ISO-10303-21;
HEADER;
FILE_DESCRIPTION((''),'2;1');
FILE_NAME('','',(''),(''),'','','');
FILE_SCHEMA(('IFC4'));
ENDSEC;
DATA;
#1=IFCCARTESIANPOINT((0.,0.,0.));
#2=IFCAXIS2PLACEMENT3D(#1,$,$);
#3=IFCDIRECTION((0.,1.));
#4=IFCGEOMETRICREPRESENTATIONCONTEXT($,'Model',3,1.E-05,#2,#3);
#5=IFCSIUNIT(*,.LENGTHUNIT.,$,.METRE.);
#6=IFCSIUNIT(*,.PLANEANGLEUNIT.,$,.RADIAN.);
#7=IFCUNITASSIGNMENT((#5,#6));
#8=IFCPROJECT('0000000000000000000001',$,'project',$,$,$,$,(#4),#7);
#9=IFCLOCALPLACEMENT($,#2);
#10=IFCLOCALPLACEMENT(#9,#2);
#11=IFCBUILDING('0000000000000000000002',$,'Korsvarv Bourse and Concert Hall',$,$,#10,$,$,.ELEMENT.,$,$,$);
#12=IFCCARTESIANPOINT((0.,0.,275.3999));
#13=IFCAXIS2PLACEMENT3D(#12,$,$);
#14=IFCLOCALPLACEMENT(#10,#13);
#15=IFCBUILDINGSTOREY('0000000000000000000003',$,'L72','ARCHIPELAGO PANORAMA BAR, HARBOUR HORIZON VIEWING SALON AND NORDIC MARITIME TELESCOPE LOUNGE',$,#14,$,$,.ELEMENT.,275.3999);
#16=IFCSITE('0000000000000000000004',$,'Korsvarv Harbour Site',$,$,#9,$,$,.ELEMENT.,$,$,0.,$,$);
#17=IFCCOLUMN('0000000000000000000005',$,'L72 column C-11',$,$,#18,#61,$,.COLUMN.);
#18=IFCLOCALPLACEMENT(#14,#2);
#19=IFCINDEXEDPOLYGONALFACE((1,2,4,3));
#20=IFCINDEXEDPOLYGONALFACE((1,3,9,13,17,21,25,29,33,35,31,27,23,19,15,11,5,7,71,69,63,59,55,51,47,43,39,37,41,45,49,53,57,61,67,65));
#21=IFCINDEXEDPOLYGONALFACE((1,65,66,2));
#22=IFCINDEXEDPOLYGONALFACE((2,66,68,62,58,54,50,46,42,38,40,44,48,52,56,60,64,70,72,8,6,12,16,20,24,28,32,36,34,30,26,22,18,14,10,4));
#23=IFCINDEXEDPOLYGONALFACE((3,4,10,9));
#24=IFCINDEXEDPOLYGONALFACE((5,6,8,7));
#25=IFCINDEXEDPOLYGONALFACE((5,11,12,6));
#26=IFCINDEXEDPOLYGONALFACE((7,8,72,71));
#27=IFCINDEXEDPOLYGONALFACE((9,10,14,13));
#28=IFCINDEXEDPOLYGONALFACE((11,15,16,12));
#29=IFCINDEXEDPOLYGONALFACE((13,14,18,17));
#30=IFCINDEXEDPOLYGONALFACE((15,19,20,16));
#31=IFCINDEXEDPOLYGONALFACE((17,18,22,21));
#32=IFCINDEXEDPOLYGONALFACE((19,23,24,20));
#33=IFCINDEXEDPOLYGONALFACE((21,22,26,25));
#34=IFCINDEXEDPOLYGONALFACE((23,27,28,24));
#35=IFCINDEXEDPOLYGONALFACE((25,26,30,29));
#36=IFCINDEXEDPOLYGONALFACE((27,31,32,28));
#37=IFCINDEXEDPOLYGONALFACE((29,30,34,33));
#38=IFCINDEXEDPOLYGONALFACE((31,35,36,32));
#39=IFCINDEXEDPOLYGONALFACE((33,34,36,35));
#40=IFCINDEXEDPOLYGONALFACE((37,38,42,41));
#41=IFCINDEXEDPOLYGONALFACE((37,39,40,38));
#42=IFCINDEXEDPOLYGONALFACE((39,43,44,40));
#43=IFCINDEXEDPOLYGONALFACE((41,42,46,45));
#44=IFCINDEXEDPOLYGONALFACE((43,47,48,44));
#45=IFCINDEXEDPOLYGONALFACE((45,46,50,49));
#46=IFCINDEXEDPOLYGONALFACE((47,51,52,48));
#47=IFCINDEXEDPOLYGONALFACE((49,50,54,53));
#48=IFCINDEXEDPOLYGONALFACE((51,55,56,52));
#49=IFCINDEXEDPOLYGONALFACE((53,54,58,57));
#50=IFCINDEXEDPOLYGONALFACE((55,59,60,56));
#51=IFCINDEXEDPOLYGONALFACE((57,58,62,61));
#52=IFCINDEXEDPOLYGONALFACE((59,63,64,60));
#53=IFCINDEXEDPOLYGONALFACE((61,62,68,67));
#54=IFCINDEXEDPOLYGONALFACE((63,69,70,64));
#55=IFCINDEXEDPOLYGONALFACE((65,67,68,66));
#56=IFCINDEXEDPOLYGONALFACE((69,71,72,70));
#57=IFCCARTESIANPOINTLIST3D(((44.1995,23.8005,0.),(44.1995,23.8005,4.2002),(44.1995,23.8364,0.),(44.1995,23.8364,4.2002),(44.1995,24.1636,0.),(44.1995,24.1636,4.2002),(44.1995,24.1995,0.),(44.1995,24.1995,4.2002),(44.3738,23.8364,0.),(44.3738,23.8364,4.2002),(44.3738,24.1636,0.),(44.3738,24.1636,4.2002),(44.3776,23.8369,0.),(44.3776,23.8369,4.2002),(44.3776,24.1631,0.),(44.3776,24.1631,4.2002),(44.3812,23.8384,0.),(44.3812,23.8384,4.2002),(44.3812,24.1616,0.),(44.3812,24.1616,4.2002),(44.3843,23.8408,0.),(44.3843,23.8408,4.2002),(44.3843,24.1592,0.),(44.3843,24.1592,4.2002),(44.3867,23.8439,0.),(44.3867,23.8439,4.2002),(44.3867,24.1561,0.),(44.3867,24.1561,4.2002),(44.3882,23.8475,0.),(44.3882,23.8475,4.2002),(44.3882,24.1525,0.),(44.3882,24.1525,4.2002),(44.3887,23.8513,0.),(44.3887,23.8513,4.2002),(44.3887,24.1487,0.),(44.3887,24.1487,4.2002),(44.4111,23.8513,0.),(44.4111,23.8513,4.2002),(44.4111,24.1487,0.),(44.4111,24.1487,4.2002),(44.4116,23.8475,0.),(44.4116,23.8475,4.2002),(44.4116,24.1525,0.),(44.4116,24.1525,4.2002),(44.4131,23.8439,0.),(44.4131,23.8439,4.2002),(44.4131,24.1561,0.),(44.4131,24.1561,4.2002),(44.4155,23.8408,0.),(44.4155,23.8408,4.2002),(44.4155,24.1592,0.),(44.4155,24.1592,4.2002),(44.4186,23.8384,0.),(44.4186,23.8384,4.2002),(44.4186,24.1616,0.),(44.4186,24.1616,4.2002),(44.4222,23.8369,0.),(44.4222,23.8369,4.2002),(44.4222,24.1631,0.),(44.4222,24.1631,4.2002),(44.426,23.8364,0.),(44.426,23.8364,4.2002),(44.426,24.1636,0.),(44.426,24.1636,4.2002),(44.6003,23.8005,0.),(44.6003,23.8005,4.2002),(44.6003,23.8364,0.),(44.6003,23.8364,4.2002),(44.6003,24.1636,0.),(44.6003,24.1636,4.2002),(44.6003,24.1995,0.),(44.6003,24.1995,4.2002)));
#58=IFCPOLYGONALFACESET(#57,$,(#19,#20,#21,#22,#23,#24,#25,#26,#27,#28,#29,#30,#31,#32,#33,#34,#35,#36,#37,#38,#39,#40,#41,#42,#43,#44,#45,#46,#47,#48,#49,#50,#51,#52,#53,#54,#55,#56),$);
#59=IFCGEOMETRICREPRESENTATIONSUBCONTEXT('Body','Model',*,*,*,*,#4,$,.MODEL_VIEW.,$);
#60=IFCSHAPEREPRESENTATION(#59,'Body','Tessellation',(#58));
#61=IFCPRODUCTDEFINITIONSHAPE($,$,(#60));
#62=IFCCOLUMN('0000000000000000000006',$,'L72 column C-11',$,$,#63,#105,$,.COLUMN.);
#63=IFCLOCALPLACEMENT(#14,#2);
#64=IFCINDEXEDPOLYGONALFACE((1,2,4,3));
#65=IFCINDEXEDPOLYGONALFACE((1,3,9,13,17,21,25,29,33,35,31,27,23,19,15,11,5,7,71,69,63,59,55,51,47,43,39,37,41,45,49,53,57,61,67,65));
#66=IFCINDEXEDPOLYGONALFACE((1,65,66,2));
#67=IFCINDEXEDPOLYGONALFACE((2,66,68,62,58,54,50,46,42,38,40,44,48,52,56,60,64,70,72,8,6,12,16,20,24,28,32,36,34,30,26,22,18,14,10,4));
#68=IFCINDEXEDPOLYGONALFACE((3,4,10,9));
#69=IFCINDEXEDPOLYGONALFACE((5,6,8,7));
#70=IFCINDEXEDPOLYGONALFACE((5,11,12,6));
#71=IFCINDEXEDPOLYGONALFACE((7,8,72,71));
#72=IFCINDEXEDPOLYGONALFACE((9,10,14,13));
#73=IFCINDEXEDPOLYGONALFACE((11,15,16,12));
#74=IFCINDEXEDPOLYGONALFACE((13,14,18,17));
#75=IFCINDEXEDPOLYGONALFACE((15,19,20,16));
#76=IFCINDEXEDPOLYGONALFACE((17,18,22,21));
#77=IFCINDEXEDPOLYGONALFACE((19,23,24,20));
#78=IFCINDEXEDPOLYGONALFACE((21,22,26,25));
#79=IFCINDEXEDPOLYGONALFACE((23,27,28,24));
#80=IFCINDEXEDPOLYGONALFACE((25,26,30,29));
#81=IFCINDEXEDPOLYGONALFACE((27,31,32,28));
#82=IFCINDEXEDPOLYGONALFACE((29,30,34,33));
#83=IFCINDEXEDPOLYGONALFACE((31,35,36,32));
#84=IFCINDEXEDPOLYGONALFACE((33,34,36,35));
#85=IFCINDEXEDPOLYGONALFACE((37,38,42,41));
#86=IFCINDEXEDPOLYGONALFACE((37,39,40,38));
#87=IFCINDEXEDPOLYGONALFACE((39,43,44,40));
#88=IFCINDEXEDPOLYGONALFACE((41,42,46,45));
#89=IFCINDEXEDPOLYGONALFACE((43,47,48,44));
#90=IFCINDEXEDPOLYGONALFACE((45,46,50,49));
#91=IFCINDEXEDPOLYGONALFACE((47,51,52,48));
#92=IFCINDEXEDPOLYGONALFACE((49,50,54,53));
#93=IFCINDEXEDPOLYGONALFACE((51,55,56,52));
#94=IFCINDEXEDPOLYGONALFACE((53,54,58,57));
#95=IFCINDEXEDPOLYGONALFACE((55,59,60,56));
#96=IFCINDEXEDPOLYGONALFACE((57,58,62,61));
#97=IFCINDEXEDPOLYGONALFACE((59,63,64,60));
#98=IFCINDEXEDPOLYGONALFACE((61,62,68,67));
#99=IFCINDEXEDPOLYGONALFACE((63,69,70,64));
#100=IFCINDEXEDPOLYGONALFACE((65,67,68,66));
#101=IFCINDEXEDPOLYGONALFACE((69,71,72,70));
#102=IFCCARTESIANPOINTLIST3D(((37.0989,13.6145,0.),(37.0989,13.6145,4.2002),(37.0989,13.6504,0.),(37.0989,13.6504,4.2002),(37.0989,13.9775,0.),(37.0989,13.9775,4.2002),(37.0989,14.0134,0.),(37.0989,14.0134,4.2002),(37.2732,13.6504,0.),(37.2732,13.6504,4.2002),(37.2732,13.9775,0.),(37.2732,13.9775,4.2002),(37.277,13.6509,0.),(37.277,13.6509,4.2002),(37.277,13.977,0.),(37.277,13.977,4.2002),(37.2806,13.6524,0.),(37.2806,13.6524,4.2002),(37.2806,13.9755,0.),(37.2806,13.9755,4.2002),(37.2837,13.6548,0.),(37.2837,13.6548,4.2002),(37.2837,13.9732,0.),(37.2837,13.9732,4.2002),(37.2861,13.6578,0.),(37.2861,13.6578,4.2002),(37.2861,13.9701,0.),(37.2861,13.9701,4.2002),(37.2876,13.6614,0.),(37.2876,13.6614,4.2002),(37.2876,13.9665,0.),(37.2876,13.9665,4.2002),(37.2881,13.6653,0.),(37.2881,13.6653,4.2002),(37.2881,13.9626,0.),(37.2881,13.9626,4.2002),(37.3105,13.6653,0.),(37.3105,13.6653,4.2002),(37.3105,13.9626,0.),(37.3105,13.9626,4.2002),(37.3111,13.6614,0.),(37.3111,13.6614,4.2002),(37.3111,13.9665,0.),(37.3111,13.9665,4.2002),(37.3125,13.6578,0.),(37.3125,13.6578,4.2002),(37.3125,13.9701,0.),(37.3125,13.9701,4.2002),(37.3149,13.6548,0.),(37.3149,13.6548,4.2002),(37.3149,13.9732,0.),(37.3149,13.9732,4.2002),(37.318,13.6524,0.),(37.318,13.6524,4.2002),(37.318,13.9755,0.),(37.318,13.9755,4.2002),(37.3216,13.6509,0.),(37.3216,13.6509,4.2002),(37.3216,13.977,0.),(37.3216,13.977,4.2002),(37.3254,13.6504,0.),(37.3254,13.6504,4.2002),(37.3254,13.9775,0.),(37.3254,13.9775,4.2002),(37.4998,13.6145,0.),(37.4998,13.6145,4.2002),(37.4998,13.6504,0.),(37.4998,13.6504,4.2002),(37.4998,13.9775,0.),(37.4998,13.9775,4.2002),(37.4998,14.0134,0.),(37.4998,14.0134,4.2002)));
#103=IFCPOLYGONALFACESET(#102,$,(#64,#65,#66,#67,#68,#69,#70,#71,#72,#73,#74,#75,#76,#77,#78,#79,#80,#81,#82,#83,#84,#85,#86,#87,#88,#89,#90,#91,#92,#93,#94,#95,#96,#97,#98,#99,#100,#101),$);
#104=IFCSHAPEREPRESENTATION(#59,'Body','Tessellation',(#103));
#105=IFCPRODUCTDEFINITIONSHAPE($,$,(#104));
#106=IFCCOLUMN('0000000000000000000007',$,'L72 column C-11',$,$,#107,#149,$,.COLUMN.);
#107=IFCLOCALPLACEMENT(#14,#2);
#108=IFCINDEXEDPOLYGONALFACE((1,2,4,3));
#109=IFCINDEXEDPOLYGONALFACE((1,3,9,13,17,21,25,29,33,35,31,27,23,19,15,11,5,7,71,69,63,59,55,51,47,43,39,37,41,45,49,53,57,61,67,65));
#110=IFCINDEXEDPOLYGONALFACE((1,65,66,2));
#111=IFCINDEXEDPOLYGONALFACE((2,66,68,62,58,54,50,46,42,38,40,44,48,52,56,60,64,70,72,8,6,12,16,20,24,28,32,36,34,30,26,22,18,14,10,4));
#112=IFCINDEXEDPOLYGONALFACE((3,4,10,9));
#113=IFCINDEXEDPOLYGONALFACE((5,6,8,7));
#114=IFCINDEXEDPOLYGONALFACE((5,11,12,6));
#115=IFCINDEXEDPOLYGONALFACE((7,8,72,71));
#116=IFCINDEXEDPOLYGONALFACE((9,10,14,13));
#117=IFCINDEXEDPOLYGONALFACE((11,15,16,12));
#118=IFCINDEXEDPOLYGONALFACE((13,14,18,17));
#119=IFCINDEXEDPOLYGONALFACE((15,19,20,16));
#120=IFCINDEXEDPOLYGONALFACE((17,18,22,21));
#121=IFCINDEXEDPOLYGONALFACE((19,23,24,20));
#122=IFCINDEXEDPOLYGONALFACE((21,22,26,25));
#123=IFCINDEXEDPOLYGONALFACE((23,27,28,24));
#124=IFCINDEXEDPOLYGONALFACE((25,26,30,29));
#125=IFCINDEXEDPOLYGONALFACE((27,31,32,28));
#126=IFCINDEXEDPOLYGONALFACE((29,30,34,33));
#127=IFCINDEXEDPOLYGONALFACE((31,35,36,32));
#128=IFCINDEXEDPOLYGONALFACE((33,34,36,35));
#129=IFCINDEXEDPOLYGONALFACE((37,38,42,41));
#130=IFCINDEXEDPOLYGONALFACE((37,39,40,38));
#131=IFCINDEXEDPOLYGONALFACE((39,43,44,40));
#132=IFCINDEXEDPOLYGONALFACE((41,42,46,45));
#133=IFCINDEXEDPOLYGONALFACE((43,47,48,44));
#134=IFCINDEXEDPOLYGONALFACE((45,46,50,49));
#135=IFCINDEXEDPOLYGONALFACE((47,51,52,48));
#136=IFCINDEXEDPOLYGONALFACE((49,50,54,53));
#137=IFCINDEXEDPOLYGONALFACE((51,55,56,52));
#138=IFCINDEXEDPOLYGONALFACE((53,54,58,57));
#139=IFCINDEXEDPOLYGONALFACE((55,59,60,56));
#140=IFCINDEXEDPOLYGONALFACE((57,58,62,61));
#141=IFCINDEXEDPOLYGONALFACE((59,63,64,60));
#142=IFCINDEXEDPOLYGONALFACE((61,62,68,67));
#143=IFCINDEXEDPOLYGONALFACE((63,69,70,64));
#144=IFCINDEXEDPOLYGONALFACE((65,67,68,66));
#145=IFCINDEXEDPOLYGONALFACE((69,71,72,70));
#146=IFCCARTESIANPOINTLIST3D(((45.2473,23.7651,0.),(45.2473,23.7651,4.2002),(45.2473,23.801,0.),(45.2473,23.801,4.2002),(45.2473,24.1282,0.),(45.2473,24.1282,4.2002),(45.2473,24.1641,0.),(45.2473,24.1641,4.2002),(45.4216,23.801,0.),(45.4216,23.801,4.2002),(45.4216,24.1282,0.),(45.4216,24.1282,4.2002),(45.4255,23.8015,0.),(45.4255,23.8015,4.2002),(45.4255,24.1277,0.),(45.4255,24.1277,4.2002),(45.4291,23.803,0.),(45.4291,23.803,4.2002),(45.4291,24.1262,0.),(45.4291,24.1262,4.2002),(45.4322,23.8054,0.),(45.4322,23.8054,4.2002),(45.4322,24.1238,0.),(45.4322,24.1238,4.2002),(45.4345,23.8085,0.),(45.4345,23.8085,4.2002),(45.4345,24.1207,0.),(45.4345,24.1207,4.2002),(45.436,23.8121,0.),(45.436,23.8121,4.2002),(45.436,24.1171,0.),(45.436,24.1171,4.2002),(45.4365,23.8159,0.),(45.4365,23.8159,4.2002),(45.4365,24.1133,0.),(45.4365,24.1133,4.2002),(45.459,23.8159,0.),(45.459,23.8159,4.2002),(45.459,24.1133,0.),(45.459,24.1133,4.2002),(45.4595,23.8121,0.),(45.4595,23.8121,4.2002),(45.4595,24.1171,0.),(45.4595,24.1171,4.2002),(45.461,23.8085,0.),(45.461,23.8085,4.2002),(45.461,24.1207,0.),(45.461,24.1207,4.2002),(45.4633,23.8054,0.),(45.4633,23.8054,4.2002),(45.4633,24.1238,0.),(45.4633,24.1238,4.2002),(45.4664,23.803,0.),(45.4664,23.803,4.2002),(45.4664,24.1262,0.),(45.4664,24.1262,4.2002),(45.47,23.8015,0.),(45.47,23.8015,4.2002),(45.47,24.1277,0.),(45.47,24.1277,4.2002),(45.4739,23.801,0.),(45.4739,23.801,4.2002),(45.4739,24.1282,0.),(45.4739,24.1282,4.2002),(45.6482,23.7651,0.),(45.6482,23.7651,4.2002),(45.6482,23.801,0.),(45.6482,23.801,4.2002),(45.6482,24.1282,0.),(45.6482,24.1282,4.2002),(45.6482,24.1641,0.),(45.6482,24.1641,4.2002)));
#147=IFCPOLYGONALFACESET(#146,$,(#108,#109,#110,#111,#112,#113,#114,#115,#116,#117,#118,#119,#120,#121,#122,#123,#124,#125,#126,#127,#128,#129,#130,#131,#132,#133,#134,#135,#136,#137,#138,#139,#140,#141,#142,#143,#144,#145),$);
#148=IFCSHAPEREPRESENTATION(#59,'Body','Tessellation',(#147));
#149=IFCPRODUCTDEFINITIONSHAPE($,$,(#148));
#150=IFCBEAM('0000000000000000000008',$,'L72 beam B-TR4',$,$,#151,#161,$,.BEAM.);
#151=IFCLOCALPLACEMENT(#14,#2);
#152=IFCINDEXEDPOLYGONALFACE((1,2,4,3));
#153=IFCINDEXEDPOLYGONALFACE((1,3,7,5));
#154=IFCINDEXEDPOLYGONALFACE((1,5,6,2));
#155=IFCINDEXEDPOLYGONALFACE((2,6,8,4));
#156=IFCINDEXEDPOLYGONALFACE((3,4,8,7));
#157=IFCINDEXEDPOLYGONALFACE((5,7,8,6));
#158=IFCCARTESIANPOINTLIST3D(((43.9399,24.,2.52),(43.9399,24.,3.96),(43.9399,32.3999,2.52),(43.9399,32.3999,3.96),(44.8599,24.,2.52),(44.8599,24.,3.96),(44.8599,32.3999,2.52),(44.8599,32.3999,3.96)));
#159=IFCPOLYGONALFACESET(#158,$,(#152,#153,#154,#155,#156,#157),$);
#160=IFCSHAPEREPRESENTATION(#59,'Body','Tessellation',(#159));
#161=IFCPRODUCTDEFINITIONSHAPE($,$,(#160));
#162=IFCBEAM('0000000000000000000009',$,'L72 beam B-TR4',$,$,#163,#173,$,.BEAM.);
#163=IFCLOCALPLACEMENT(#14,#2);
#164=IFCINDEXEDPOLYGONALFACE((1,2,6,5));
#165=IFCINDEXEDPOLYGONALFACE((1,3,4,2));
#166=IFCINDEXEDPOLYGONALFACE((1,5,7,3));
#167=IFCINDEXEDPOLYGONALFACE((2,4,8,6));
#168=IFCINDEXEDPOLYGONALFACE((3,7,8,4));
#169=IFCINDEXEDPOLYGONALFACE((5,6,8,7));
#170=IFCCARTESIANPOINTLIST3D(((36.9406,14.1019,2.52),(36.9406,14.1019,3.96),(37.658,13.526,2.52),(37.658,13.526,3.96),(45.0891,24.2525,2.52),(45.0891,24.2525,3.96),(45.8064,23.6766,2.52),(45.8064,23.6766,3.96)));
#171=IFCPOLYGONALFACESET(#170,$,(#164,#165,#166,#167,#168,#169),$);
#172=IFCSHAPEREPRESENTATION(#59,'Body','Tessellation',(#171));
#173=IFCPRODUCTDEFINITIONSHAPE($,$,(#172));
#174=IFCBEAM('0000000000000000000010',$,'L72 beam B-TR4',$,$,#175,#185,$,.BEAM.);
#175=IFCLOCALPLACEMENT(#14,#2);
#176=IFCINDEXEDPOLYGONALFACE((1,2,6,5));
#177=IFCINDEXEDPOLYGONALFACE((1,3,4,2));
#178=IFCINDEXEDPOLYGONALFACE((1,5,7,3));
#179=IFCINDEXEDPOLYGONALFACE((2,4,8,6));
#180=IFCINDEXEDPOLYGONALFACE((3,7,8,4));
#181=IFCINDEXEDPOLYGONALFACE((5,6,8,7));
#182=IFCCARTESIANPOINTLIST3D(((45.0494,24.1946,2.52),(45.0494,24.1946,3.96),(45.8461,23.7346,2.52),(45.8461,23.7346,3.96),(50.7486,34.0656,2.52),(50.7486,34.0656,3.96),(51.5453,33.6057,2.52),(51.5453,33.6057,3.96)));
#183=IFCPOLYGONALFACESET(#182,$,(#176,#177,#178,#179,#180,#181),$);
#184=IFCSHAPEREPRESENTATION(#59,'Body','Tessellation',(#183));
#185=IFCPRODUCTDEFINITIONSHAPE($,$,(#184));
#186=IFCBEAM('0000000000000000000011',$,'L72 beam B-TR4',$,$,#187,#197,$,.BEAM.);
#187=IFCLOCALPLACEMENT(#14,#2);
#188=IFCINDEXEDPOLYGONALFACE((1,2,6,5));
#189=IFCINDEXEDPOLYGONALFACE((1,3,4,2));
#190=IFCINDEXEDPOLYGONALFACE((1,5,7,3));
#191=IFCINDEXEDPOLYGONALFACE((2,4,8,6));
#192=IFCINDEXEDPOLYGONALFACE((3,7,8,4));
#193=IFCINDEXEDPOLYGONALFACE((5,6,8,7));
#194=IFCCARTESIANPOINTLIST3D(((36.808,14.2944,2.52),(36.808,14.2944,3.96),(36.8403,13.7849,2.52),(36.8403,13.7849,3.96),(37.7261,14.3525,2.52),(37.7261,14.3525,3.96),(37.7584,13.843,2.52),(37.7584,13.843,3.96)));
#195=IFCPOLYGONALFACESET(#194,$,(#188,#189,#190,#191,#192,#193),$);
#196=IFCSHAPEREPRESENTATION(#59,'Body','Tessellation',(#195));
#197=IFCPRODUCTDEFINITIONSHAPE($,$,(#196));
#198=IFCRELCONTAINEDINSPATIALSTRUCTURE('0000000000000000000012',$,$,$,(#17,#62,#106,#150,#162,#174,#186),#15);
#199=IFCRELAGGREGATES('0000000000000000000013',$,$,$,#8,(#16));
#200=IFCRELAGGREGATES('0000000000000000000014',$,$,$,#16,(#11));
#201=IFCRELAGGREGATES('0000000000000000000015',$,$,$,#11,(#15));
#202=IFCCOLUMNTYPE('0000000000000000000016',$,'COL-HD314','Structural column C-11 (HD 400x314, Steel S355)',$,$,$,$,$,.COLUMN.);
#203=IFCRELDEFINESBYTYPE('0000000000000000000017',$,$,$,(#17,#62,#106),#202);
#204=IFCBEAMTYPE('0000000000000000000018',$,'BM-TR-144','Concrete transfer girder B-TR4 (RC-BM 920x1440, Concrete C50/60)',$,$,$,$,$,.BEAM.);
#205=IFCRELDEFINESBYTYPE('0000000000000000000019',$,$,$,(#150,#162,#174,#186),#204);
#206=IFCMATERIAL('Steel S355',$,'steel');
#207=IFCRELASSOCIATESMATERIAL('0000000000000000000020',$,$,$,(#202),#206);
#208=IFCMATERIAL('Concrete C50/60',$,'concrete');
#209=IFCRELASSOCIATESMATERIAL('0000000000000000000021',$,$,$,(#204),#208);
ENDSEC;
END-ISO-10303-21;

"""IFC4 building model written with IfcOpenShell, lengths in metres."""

from ifc_helpers import new_model, si_unit, direction, frame, origin, origin_2d, place, context, subcontext, project, spatial, rectangle, i_section, extrude, source, transform, mapped, material, material_profile, profile_set, type_object, element, save


model = new_model("IFC4")

# Units and contexts
model_context = context("Model", 3, precision=1e-05, world=origin(), true_north=direction((0.0, 1.0)))
body_context = subcontext(model_context, "Body", "Model", "MODEL_VIEW")
ifc_project = project(units=[si_unit("LENGTHUNIT", "METRE"), si_unit("PLANEANGLEUNIT", "RADIAN")], contexts=[model_context])

# Site, building, storey
site_placement = place(None, origin())
site = spatial("IfcSite", under=ifc_project, at=site_placement, Name="Korsvarv Harbour Site", CompositionType="ELEMENT", RefElevation=0.0)
building_placement = place(site_placement, origin())
building = spatial("IfcBuilding", under=site, at=building_placement, Name="Korsvarv Bourse and Concert Hall", CompositionType="ELEMENT")
storey_placement = place(building_placement, frame((0.0, 0.0, 275.3999)))
storey = spatial("IfcBuildingStorey", under=building, at=storey_placement, Name="L72", Description="ARCHIPELAGO PANORAMA BAR, HARBOUR HORIZON VIEWING SALON AND NORDIC MARITIME TELESCOPE LOUNGE", CompositionType="ELEMENT", Elevation=275.3999)

# Columns
ifc_material_1 = material(Name="Steel S355", Category="steel")
ifc_material_profile_1 = material_profile(ifc_material_1, i_section(OverallWidth=0.4009, OverallDepth=0.3989, WebThickness=0.0225, FlangeThickness=0.0359, FilletRadius=0.0149, at=origin_2d()), Name="HD 400x314")
ifc_profile_set_1 = profile_set([ifc_material_profile_1], Name="Steel S355")
column_type = type_object("IfcColumnType", Name="COL-HD314", Description="Structural column C-11 (HD 400x314, Steel S355)", PredefinedType="COLUMN", material=ifc_profile_set_1)
shared_shape_1 = source(origin(), body_context, "Body", "SweptSolid", [
    extrude(i_section(OverallWidth=0.4009, OverallDepth=0.3989, WebThickness=0.0225, FlangeThickness=0.0359, FilletRadius=0.0149, at=origin_2d()), origin(), (0.0, 0.0, 1.0), 4.2002),
])
for number, where, z_axis, x_axis, name in (
    (1, (44.3999, 24.0, 0.0), (0.0, 0.0, 1.0), (1.0, 0.0, 0.0), "L72 column C-11"),
    (2, (37.2993, 13.814, 0.0), (0.0, 0.0, 1.0), (1.0, 0.0, 0.0), "L72 column C-11"),
    (3, (45.4478, 23.9646, 0.0), (0.0, 0.0, 1.0), (1.0, 0.0, 0.0), "L72 column C-11"),
):
    element("IfcColumn", number, at=place(storey_placement, frame(where, z_axis=z_axis, x_axis=x_axis)), inside=storey, type_object=column_type, Name=name, PredefinedType="COLUMN", context=body_context, shape_type="MappedRepresentation", body=[
        mapped(shared_shape_1, transform((0.0, 0.0, 0.0), scale=1.0)),
    ])

# Beams
ifc_material_2 = material(Name="Concrete C50/60", Category="concrete")
ifc_material_profile_2 = material_profile(ifc_material_2, rectangle(XDim=0.9199, YDim=1.4399, at=origin_2d()), Name="RC-BM 920x1440")
ifc_profile_set_2 = profile_set([ifc_material_profile_2], Name="Concrete C50/60")
beam_type = type_object("IfcBeamType", Name="BM-TR-144", Description="Concrete transfer girder B-TR4 (RC-BM 920x1440, Concrete C50/60)", PredefinedType="BEAM", material=ifc_profile_set_2)
shared_shape_2 = source(origin(), body_context, "Body", "SweptSolid", [
    extrude(rectangle(XDim=0.9199, YDim=1.4399, at=origin_2d()), origin(), (0.0, 0.0, 1.0), 8.3999),
])
beam_1_placement = place(storey_placement, frame((44.3999, 24.0, 3.24), z_axis=(0.0, 1.0, 0.0), x_axis=(-1.0, 0.0, 0.0)))
element("IfcBeam", 4, at=beam_1_placement, inside=storey, type_object=beam_type, Name="L72 beam B-TR4", PredefinedType="BEAM", context=body_context, shape_type="MappedRepresentation", body=[
    mapped(shared_shape_2, transform((0.0, 0.0, 0.0), scale=1.0)),
])
shared_shape_3 = source(origin(), body_context, "Body", "SweptSolid", [
    extrude(rectangle(XDim=0.9199, YDim=1.4399, at=origin_2d()), origin(), (0.0, 0.0, 1.0), 13.0166),
])
beam_2_placement = place(storey_placement, frame((37.2993, 13.814, 3.24), z_axis=(0.626003, 0.779821, 0.0), x_axis=(-0.779821, 0.626003, 0.0)))
element("IfcBeam", 5, at=beam_2_placement, inside=storey, type_object=beam_type, Name="L72 beam B-TR4", PredefinedType="BEAM", context=body_context, shape_type="MappedRepresentation", body=[
    mapped(shared_shape_3, transform((0.0, 0.0, 0.0), scale=1.0)),
])
shared_shape_4 = source(origin(), body_context, "Body", "SweptSolid", [
    extrude(rectangle(XDim=0.9199, YDim=1.4399, at=origin_2d()), origin(), (0.0, 0.0, 1.0), 11.3982),
])
beam_3_placement = place(storey_placement, frame((45.4478, 23.9646, 3.24), z_axis=(0.500009, 0.86602, 0.0), x_axis=(-0.86602, 0.500009, 0.0)))
element("IfcBeam", 6, at=beam_3_placement, inside=storey, type_object=beam_type, Name="L72 beam B-TR4", PredefinedType="BEAM", context=body_context, shape_type="MappedRepresentation", body=[
    mapped(shared_shape_4, transform((0.0, 0.0, 0.0), scale=1.0)),
])
shared_shape_5 = source(origin(), body_context, "Body", "SweptSolid", [
    extrude(rectangle(XDim=0.9199, YDim=1.4399, at=origin_2d()), origin(), (0.0, 0.0, 1.0), 0.5105),
])
beam_4_placement = place(storey_placement, frame((37.2993, 13.814, 3.24), z_axis=(-0.063123, 0.998006, 0.0), x_axis=(-0.998006, -0.063123, 0.0)))
element("IfcBeam", 7, at=beam_4_placement, inside=storey, type_object=beam_type, Name="L72 beam B-TR4", PredefinedType="BEAM", context=body_context, shape_type="MappedRepresentation", body=[
    mapped(shared_shape_5, transform((0.0, 0.0, 0.0), scale=1.0)),
])

save(model, "model.ifc")
